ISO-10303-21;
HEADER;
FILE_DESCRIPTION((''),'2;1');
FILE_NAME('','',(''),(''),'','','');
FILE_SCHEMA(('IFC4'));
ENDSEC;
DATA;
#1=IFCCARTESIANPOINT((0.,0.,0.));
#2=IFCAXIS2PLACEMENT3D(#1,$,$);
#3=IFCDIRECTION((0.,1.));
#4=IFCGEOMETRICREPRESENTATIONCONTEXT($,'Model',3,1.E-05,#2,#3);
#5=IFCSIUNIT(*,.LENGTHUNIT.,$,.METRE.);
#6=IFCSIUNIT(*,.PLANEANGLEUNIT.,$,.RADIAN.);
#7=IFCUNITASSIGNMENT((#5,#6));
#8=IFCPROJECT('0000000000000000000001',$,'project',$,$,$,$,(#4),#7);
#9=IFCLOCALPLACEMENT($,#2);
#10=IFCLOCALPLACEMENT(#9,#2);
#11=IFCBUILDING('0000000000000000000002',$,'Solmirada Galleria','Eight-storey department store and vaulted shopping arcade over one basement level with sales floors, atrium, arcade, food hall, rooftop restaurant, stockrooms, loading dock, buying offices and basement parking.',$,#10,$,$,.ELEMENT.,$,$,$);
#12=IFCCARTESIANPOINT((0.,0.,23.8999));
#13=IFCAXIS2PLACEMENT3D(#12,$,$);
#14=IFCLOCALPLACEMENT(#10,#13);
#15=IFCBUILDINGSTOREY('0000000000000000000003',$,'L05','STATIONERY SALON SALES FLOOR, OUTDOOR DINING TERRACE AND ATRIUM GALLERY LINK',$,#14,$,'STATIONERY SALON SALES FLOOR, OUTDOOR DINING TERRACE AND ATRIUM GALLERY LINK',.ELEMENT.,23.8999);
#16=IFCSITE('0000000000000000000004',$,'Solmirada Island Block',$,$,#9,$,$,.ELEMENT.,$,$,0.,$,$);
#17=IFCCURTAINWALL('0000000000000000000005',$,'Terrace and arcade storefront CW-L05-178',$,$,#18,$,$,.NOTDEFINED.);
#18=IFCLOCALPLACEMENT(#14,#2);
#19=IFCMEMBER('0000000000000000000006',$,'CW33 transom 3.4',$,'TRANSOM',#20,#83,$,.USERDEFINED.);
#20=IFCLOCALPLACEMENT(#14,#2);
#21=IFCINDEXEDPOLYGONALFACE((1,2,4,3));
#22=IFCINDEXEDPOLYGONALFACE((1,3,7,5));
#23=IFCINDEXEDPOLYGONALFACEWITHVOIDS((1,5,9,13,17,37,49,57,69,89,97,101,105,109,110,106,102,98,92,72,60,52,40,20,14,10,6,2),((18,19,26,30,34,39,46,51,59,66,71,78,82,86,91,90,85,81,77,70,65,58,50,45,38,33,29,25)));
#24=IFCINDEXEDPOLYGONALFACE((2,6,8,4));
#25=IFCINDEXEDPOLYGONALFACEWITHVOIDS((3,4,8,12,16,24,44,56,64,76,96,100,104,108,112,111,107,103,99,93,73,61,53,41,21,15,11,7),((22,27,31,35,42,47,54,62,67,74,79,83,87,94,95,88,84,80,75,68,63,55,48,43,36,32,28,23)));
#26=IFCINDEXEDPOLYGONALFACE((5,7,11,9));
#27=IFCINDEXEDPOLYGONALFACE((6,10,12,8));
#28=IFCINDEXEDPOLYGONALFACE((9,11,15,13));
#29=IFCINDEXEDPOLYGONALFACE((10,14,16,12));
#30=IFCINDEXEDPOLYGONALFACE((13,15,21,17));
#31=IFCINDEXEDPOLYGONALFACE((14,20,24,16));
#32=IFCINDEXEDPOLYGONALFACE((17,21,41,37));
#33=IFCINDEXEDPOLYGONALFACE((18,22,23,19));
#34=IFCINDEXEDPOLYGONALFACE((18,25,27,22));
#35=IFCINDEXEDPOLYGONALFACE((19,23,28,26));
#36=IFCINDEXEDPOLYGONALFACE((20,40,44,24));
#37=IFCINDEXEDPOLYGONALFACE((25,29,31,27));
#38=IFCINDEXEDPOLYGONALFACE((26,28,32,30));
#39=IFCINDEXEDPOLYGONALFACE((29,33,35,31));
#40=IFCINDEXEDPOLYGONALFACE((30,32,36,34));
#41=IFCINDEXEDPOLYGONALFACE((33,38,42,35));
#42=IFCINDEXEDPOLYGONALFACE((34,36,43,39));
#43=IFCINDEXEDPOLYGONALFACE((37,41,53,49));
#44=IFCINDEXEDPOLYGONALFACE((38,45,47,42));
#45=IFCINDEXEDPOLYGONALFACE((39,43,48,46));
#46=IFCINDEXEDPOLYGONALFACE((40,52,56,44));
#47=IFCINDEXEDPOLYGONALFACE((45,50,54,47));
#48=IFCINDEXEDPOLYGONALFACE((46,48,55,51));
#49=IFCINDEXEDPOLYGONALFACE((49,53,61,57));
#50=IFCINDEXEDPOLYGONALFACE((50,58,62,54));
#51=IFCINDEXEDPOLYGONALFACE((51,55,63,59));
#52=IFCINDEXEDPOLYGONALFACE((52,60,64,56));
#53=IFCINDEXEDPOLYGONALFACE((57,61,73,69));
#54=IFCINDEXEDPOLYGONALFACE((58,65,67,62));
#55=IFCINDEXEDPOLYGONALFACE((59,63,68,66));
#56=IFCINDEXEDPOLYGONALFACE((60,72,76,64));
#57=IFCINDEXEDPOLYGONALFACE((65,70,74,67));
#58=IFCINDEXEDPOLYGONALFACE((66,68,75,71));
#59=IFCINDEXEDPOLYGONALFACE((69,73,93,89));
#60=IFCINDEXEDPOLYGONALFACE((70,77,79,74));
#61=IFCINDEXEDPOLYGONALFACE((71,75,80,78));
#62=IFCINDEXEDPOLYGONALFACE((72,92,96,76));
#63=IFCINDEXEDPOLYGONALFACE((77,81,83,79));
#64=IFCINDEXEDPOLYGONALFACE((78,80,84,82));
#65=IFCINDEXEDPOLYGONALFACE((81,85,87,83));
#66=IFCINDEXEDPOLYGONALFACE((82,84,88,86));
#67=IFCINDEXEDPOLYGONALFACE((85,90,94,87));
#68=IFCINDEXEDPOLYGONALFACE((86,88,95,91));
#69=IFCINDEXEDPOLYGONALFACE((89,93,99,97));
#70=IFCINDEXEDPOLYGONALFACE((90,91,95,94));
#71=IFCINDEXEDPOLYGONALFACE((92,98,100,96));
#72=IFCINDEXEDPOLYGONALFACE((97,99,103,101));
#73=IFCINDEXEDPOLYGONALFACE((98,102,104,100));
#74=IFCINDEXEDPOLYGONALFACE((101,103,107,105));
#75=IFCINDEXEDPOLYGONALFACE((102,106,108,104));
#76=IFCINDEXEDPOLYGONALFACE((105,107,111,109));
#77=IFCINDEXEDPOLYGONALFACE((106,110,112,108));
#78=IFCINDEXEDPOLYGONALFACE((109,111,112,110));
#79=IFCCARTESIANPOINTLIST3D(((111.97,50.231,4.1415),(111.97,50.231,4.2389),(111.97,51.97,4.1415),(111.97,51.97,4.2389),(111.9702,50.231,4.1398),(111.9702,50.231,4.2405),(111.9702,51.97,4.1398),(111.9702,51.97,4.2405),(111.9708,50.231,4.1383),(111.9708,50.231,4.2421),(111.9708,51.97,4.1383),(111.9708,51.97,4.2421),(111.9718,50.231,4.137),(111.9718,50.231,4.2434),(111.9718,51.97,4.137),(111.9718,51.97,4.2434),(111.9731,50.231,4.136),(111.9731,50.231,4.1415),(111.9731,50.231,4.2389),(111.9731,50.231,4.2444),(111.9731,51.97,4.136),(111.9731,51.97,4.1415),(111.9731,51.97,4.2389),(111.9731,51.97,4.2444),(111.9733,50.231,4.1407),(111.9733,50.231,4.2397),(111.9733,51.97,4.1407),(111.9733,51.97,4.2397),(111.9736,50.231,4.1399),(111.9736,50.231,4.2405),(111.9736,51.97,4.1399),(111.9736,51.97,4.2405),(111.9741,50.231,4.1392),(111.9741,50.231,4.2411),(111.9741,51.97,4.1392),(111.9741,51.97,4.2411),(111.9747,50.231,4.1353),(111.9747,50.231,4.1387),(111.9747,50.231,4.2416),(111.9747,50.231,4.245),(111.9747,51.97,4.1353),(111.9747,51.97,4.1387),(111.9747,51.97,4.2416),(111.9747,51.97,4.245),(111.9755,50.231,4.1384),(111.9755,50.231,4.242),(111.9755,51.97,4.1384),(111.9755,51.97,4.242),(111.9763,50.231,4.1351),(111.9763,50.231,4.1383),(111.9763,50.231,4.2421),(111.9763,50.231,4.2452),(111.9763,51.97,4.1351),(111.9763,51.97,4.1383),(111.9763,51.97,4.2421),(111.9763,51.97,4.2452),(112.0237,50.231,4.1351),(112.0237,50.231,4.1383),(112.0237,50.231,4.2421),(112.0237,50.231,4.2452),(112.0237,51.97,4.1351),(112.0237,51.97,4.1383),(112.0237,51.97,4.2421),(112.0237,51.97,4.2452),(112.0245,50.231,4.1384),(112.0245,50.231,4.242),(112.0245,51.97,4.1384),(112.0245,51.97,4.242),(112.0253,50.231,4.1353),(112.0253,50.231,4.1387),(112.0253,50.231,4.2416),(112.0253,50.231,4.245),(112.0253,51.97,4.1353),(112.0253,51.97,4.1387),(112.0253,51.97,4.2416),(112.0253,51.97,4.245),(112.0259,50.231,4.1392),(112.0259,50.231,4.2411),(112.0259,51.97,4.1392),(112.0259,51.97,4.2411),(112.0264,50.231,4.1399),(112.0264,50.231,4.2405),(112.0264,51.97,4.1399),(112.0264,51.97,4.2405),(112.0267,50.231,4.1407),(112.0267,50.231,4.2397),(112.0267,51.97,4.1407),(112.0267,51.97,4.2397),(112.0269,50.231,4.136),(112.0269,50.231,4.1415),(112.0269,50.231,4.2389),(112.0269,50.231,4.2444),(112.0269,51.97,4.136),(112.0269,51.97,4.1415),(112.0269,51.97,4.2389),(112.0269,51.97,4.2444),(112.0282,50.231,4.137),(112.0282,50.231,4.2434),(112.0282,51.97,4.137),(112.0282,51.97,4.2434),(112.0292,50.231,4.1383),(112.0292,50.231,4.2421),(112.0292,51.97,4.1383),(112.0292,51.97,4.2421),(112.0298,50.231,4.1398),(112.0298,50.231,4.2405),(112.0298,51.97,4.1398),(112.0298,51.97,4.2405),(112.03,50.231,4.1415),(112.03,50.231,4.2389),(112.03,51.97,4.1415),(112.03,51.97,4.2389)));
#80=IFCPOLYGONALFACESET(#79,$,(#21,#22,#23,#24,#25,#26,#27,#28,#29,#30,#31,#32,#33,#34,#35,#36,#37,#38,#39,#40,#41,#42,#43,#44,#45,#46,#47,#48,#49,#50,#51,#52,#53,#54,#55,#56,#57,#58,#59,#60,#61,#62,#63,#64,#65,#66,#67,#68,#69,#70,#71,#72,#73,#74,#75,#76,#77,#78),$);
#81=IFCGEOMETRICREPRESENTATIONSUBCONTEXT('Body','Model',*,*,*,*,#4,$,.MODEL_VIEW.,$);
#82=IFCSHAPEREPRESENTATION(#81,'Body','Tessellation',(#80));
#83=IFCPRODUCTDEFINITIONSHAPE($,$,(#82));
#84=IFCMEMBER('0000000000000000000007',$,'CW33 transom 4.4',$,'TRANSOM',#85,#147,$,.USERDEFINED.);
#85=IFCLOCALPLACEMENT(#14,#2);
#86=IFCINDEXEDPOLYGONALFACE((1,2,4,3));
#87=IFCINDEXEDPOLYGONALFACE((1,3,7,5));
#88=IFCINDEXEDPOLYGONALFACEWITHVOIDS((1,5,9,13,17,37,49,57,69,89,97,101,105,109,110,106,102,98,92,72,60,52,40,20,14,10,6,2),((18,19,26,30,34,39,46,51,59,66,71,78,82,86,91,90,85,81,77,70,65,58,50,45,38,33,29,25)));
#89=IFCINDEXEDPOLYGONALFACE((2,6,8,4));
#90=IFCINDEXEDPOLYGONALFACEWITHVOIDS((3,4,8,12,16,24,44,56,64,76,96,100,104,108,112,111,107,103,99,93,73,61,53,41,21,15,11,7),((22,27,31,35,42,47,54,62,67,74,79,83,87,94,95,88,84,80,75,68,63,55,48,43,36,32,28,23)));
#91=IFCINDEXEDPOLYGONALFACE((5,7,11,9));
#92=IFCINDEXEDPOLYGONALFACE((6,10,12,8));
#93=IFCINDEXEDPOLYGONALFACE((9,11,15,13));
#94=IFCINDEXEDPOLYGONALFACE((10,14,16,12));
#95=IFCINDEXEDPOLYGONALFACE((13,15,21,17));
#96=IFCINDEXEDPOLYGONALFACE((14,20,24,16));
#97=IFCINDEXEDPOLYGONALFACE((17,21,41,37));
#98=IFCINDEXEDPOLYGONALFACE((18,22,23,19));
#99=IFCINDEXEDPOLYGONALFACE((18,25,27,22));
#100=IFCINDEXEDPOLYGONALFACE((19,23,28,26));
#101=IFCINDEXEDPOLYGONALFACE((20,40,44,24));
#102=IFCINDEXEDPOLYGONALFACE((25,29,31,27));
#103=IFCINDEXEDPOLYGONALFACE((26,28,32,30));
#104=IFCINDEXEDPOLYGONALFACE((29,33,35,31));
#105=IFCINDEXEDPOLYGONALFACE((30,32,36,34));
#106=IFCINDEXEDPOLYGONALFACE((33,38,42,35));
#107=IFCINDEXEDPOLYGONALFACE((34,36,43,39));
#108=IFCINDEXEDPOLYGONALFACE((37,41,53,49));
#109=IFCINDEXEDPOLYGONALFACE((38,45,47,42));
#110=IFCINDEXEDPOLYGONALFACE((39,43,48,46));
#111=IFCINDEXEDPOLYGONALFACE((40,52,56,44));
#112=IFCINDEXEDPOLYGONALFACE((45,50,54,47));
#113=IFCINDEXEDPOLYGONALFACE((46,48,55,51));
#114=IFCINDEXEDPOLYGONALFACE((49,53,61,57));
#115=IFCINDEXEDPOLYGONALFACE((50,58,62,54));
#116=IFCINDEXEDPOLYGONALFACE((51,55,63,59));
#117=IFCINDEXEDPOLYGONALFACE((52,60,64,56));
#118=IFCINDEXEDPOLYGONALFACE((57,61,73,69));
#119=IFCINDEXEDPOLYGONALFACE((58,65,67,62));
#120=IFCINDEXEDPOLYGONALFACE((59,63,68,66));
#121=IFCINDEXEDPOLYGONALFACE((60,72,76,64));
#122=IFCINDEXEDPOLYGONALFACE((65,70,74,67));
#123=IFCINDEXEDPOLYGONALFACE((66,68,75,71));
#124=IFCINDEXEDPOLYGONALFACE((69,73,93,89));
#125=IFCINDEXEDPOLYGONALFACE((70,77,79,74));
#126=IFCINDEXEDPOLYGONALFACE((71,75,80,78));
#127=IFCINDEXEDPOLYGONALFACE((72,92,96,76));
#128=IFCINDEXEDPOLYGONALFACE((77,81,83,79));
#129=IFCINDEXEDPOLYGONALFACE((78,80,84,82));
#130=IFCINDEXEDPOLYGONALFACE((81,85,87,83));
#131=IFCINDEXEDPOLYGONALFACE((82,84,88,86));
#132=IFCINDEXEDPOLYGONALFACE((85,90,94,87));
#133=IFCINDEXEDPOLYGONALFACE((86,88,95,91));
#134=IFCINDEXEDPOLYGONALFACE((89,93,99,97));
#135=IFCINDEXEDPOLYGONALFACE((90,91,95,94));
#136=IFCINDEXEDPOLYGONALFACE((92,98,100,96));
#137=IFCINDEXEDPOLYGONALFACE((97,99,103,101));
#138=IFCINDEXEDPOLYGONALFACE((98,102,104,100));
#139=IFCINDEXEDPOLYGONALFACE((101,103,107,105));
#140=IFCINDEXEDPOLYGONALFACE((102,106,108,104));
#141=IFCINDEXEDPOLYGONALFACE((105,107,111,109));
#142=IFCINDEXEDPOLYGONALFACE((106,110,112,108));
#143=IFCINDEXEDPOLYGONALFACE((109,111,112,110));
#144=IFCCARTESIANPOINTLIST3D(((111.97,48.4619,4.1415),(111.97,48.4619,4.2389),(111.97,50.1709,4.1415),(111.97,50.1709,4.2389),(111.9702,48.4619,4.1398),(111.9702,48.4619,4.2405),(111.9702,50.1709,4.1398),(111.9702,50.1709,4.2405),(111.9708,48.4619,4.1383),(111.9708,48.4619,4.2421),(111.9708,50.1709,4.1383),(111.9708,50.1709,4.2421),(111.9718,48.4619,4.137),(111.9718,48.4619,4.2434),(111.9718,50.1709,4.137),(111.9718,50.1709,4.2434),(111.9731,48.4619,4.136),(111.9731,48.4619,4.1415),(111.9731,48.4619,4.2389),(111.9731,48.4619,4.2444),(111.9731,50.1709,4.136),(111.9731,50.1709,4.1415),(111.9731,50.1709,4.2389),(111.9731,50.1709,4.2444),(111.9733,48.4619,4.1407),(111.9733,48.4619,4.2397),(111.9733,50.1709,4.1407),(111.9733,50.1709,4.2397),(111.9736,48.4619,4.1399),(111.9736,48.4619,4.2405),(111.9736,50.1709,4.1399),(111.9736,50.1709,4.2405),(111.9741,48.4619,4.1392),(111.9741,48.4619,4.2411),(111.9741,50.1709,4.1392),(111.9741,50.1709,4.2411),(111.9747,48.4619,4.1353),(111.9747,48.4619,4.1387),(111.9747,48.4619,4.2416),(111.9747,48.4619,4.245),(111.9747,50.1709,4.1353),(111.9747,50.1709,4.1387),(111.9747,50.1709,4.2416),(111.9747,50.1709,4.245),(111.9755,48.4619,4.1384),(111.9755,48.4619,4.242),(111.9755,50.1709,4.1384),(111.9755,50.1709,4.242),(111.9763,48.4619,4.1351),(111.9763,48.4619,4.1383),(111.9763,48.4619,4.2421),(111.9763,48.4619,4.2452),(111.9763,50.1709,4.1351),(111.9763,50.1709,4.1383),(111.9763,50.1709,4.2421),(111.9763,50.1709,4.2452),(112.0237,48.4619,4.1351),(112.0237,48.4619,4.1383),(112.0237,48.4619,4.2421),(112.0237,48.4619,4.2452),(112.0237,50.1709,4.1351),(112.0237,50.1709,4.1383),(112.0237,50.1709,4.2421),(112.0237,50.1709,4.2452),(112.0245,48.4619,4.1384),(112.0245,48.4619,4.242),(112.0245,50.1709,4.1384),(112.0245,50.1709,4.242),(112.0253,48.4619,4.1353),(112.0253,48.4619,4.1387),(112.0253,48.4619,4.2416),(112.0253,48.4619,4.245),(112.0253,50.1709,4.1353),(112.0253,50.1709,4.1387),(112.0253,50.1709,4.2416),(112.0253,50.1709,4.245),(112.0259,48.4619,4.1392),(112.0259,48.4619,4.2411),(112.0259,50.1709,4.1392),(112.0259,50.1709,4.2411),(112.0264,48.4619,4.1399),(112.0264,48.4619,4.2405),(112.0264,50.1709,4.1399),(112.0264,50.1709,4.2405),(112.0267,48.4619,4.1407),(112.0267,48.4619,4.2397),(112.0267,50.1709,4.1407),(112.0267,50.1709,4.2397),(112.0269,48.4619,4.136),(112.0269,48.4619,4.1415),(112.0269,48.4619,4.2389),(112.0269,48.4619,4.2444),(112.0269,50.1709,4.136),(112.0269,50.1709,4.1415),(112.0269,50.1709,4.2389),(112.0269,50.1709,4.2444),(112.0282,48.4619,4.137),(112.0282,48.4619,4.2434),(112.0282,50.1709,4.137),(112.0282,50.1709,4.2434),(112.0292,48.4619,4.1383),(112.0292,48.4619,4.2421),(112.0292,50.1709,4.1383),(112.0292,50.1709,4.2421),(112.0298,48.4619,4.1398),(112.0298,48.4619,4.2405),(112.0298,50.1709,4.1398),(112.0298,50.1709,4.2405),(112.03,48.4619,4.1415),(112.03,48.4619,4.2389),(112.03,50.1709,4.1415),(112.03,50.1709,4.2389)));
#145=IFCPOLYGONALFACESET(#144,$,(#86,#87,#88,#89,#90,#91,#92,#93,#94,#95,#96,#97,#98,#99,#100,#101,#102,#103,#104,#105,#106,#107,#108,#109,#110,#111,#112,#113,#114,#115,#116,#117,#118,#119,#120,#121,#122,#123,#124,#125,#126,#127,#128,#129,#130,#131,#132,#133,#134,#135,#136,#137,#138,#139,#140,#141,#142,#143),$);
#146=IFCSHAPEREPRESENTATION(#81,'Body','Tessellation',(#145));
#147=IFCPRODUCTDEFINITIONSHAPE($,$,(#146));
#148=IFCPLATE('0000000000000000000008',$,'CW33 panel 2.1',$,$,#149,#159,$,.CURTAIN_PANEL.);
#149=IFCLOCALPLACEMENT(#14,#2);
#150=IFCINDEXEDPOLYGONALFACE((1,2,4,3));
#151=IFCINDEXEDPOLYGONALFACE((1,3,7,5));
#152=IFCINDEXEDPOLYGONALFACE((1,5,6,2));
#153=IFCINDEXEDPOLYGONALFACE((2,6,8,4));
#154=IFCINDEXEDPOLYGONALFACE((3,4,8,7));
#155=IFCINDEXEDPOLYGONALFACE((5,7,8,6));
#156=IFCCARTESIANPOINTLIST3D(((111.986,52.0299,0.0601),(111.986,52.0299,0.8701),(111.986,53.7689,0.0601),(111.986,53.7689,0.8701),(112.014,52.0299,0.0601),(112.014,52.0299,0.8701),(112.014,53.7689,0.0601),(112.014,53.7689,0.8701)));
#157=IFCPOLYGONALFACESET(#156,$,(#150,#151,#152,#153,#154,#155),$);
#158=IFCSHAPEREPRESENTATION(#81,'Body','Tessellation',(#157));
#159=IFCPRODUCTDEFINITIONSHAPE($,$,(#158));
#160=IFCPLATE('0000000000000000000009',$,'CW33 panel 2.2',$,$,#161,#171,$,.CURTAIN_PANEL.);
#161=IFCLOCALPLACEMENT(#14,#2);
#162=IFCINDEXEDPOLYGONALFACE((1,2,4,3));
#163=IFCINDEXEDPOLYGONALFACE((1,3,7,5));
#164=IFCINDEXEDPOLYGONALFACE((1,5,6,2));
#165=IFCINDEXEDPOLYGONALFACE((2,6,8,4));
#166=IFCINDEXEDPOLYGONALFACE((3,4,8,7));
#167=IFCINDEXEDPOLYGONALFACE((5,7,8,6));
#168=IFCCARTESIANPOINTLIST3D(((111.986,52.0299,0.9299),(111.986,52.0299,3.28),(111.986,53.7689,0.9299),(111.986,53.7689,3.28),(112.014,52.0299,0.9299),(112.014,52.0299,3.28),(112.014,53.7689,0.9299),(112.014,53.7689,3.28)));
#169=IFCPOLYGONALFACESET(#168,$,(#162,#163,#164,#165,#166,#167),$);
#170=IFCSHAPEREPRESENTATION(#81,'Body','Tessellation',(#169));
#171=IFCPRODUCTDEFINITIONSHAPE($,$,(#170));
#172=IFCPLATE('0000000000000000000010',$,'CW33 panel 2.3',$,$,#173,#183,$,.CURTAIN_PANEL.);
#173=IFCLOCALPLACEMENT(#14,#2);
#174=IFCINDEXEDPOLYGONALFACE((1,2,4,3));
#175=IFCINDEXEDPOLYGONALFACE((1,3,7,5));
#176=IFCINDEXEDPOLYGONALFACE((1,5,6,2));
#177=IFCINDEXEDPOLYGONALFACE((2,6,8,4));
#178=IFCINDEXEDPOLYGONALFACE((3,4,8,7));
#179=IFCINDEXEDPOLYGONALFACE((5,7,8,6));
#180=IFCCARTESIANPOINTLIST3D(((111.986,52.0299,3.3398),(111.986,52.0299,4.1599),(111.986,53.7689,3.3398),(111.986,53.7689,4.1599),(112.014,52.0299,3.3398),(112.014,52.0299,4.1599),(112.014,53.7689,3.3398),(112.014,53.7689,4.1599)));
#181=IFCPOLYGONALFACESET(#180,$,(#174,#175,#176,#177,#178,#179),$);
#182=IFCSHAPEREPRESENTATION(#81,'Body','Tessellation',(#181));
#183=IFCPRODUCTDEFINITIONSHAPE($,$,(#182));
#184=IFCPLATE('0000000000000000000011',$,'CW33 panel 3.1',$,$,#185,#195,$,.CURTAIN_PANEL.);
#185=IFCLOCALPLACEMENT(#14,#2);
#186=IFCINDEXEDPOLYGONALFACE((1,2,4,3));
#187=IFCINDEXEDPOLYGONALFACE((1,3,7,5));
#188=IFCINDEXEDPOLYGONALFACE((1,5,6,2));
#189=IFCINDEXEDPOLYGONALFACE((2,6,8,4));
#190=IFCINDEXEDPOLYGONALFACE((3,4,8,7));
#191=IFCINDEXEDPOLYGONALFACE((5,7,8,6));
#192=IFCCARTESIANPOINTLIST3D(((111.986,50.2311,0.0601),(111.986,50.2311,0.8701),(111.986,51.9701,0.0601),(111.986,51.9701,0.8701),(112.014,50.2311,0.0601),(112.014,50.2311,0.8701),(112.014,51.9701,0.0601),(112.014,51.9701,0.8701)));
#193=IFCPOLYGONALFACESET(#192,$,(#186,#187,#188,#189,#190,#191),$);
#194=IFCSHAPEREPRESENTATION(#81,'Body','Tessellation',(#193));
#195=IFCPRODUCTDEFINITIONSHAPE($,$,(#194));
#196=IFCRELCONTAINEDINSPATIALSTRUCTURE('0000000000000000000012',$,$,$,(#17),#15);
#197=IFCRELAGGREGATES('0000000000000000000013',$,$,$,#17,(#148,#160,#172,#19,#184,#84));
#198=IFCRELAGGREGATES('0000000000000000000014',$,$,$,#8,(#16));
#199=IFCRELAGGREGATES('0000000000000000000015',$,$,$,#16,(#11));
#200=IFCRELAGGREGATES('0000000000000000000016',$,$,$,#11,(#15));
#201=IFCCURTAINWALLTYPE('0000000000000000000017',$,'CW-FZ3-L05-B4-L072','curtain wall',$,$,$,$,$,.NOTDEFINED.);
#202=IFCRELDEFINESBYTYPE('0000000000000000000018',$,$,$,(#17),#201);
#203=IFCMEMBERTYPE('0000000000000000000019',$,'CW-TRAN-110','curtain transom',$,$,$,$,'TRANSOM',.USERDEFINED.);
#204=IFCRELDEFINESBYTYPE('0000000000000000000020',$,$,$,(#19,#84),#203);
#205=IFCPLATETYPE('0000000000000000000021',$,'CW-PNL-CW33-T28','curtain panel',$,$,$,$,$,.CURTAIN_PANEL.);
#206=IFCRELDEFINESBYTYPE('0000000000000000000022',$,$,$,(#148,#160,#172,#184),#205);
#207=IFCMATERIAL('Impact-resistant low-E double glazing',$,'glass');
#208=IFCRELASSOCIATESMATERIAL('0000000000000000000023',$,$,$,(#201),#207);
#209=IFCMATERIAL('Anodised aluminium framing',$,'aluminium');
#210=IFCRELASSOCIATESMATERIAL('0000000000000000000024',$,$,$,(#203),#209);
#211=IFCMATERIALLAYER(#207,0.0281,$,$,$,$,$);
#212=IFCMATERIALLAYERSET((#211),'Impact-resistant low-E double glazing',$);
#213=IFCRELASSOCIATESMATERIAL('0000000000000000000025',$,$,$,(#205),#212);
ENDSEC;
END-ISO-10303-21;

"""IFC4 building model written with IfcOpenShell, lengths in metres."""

from ifc_helpers import new_model, si_unit, direction, frame, origin, origin_2d, place, context, subcontext, project, spatial, rectangle, hollow_rectangle, extrude, material, layer, layer_set, material_profile, profile_set, type_object, element, aggregate, save


model = new_model("IFC4")

# Units and contexts
model_context = context("Model", 3, precision=1e-05, world=origin(), true_north=direction((0.0, 1.0)))
body_context = subcontext(model_context, "Body", "Model", "MODEL_VIEW")
ifc_project = project(units=[si_unit("LENGTHUNIT", "METRE"), si_unit("PLANEANGLEUNIT", "RADIAN")], contexts=[model_context])

# Site, building, storey
site_placement = place(None, origin())
site = spatial("IfcSite", under=ifc_project, at=site_placement, Name="Solmirada Island Block", CompositionType="ELEMENT", RefElevation=0.0)
building_placement = place(site_placement, origin())
building = spatial("IfcBuilding", under=site, at=building_placement, Name="Solmirada Galleria", Description="Eight-storey department store and vaulted shopping arcade over one basement level with sales floors, atrium, arcade, food hall, rooftop restaurant, stockrooms, loading dock, buying offices and basement parking.", CompositionType="ELEMENT")
storey_placement = place(building_placement, frame((0.0, 0.0, 23.8999)))
storey = spatial("IfcBuildingStorey", under=building, at=storey_placement, Name="L05", Description="STATIONERY SALON SALES FLOOR, OUTDOOR DINING TERRACE AND ATRIUM GALLERY LINK", LongName="STATIONERY SALON SALES FLOOR, OUTDOOR DINING TERRACE AND ATRIUM GALLERY LINK", CompositionType="ELEMENT", Elevation=23.8999)

# Curtain wall, members, plates
ifc_material_1 = material(Name="Impact-resistant low-E double glazing", Category="glass")
curtain_wall_type = type_object("IfcCurtainWallType", Name="CW-FZ3-L05-B4-L072", Description="curtain wall", PredefinedType="NOTDEFINED", material=ifc_material_1)
curtain_wall_placement = place(storey_placement, origin())
curtain_wall = element("IfcCurtainWall", 1, at=curtain_wall_placement, inside=storey, type_object=curtain_wall_type, Name="Terrace and arcade storefront CW-L05-178", PredefinedType="NOTDEFINED")
ifc_material_2 = material(Name="Anodised aluminium framing", Category="aluminium")
ifc_material_profile_1 = material_profile(ifc_material_2, hollow_rectangle(XDim=0.0601, YDim=0.1101, WallThickness=0.0032, InnerFilletRadius=0.0032, OuterFilletRadius=0.0063, at=origin_2d()), Name="ALU-TRAN-110X60")
ifc_profile_set_1 = profile_set([ifc_material_profile_1], Name="Anodised aluminium framing")
member_type_1 = type_object("IfcMemberType", Name="CW-TRAN-110", Description="curtain transom", ElementType="TRANSOM", PredefinedType="USERDEFINED", material=ifc_profile_set_1)
member_1_placement = place(storey_placement, frame((112.0, 51.97, 4.1902), z_axis=(0.0, -1.0, 0.0), x_axis=(1.0, 0.0, 0.0)))
member_1 = element("IfcMember", 2, at=member_1_placement, type_object=member_type_1, Name="CW33 transom 3.4", ObjectType="TRANSOM", PredefinedType="USERDEFINED", context=body_context, shape_type="SweptSolid", body=[
    extrude(hollow_rectangle(XDim=0.0601, YDim=0.1101, WallThickness=0.0032, InnerFilletRadius=0.0032, OuterFilletRadius=0.0063, at=origin_2d()), origin(), (0.0, 0.0, 1.0), 1.739),
])
member_2_placement = place(storey_placement, frame((112.0, 50.1709, 4.1902), z_axis=(0.0, -1.0, 0.0), x_axis=(1.0, 0.0, 0.0)))
member_2 = element("IfcMember", 3, at=member_2_placement, type_object=member_type_1, Name="CW33 transom 4.4", ObjectType="TRANSOM", PredefinedType="USERDEFINED", context=body_context, shape_type="SweptSolid", body=[
    extrude(hollow_rectangle(XDim=0.0601, YDim=0.1101, WallThickness=0.0032, InnerFilletRadius=0.0032, OuterFilletRadius=0.0063, at=origin_2d()), origin(), (0.0, 0.0, 1.0), 1.709),
])
ifc_layer = layer(ifc_material_1, 0.0281)
ifc_layer_set = layer_set([ifc_layer], Name="Impact-resistant low-E double glazing")
plate_type = type_object("IfcPlateType", Name="CW-PNL-CW33-T28", Description="curtain panel", PredefinedType="CURTAIN_PANEL", material=ifc_layer_set)
plate_1_placement = place(storey_placement, frame((112.0, 52.8994, 0.0601), z_axis=(0.0, 0.0, 1.0), x_axis=(0.0, -1.0, 0.0)))
plate_1 = element("IfcPlate", 4, at=plate_1_placement, type_object=plate_type, Name="CW33 panel 2.1", PredefinedType="CURTAIN_PANEL", context=body_context, shape_type="SweptSolid", body=[
    extrude(rectangle(XDim=1.739, YDim=0.0281, at=origin_2d()), origin(), (0.0, 0.0, 1.0), 0.8101),
])
plate_2_placement = place(storey_placement, frame((112.0, 52.8994, 0.9299), z_axis=(0.0, 0.0, 1.0), x_axis=(0.0, -1.0, 0.0)))
plate_2 = element("IfcPlate", 5, at=plate_2_placement, type_object=plate_type, Name="CW33 panel 2.2", PredefinedType="CURTAIN_PANEL", context=body_context, shape_type="SweptSolid", body=[
    extrude(rectangle(XDim=1.739, YDim=0.0281, at=origin_2d()), origin(), (0.0, 0.0, 1.0), 2.3501),
])
plate_3_placement = place(storey_placement, frame((112.0, 52.8994, 3.3398), z_axis=(0.0, 0.0, 1.0), x_axis=(0.0, -1.0, 0.0)))
plate_3 = element("IfcPlate", 6, at=plate_3_placement, type_object=plate_type, Name="CW33 panel 2.3", PredefinedType="CURTAIN_PANEL", context=body_context, shape_type="SweptSolid", body=[
    extrude(rectangle(XDim=1.739, YDim=0.0281, at=origin_2d()), origin(), (0.0, 0.0, 1.0), 0.8201),
])
plate_4_placement = place(storey_placement, frame((112.0, 51.1006, 0.0601), z_axis=(0.0, 0.0, 1.0), x_axis=(0.0, -1.0, 0.0)))
plate_4 = element("IfcPlate", 7, at=plate_4_placement, type_object=plate_type, Name="CW33 panel 3.1", PredefinedType="CURTAIN_PANEL", context=body_context, shape_type="SweptSolid", body=[
    extrude(rectangle(XDim=1.739, YDim=0.0281, at=origin_2d()), origin(), (0.0, 0.0, 1.0), 0.8101),
])
aggregate(curtain_wall, [plate_1, plate_2, plate_3, member_1, plate_4, member_2])

save(model, "model.ifc")
